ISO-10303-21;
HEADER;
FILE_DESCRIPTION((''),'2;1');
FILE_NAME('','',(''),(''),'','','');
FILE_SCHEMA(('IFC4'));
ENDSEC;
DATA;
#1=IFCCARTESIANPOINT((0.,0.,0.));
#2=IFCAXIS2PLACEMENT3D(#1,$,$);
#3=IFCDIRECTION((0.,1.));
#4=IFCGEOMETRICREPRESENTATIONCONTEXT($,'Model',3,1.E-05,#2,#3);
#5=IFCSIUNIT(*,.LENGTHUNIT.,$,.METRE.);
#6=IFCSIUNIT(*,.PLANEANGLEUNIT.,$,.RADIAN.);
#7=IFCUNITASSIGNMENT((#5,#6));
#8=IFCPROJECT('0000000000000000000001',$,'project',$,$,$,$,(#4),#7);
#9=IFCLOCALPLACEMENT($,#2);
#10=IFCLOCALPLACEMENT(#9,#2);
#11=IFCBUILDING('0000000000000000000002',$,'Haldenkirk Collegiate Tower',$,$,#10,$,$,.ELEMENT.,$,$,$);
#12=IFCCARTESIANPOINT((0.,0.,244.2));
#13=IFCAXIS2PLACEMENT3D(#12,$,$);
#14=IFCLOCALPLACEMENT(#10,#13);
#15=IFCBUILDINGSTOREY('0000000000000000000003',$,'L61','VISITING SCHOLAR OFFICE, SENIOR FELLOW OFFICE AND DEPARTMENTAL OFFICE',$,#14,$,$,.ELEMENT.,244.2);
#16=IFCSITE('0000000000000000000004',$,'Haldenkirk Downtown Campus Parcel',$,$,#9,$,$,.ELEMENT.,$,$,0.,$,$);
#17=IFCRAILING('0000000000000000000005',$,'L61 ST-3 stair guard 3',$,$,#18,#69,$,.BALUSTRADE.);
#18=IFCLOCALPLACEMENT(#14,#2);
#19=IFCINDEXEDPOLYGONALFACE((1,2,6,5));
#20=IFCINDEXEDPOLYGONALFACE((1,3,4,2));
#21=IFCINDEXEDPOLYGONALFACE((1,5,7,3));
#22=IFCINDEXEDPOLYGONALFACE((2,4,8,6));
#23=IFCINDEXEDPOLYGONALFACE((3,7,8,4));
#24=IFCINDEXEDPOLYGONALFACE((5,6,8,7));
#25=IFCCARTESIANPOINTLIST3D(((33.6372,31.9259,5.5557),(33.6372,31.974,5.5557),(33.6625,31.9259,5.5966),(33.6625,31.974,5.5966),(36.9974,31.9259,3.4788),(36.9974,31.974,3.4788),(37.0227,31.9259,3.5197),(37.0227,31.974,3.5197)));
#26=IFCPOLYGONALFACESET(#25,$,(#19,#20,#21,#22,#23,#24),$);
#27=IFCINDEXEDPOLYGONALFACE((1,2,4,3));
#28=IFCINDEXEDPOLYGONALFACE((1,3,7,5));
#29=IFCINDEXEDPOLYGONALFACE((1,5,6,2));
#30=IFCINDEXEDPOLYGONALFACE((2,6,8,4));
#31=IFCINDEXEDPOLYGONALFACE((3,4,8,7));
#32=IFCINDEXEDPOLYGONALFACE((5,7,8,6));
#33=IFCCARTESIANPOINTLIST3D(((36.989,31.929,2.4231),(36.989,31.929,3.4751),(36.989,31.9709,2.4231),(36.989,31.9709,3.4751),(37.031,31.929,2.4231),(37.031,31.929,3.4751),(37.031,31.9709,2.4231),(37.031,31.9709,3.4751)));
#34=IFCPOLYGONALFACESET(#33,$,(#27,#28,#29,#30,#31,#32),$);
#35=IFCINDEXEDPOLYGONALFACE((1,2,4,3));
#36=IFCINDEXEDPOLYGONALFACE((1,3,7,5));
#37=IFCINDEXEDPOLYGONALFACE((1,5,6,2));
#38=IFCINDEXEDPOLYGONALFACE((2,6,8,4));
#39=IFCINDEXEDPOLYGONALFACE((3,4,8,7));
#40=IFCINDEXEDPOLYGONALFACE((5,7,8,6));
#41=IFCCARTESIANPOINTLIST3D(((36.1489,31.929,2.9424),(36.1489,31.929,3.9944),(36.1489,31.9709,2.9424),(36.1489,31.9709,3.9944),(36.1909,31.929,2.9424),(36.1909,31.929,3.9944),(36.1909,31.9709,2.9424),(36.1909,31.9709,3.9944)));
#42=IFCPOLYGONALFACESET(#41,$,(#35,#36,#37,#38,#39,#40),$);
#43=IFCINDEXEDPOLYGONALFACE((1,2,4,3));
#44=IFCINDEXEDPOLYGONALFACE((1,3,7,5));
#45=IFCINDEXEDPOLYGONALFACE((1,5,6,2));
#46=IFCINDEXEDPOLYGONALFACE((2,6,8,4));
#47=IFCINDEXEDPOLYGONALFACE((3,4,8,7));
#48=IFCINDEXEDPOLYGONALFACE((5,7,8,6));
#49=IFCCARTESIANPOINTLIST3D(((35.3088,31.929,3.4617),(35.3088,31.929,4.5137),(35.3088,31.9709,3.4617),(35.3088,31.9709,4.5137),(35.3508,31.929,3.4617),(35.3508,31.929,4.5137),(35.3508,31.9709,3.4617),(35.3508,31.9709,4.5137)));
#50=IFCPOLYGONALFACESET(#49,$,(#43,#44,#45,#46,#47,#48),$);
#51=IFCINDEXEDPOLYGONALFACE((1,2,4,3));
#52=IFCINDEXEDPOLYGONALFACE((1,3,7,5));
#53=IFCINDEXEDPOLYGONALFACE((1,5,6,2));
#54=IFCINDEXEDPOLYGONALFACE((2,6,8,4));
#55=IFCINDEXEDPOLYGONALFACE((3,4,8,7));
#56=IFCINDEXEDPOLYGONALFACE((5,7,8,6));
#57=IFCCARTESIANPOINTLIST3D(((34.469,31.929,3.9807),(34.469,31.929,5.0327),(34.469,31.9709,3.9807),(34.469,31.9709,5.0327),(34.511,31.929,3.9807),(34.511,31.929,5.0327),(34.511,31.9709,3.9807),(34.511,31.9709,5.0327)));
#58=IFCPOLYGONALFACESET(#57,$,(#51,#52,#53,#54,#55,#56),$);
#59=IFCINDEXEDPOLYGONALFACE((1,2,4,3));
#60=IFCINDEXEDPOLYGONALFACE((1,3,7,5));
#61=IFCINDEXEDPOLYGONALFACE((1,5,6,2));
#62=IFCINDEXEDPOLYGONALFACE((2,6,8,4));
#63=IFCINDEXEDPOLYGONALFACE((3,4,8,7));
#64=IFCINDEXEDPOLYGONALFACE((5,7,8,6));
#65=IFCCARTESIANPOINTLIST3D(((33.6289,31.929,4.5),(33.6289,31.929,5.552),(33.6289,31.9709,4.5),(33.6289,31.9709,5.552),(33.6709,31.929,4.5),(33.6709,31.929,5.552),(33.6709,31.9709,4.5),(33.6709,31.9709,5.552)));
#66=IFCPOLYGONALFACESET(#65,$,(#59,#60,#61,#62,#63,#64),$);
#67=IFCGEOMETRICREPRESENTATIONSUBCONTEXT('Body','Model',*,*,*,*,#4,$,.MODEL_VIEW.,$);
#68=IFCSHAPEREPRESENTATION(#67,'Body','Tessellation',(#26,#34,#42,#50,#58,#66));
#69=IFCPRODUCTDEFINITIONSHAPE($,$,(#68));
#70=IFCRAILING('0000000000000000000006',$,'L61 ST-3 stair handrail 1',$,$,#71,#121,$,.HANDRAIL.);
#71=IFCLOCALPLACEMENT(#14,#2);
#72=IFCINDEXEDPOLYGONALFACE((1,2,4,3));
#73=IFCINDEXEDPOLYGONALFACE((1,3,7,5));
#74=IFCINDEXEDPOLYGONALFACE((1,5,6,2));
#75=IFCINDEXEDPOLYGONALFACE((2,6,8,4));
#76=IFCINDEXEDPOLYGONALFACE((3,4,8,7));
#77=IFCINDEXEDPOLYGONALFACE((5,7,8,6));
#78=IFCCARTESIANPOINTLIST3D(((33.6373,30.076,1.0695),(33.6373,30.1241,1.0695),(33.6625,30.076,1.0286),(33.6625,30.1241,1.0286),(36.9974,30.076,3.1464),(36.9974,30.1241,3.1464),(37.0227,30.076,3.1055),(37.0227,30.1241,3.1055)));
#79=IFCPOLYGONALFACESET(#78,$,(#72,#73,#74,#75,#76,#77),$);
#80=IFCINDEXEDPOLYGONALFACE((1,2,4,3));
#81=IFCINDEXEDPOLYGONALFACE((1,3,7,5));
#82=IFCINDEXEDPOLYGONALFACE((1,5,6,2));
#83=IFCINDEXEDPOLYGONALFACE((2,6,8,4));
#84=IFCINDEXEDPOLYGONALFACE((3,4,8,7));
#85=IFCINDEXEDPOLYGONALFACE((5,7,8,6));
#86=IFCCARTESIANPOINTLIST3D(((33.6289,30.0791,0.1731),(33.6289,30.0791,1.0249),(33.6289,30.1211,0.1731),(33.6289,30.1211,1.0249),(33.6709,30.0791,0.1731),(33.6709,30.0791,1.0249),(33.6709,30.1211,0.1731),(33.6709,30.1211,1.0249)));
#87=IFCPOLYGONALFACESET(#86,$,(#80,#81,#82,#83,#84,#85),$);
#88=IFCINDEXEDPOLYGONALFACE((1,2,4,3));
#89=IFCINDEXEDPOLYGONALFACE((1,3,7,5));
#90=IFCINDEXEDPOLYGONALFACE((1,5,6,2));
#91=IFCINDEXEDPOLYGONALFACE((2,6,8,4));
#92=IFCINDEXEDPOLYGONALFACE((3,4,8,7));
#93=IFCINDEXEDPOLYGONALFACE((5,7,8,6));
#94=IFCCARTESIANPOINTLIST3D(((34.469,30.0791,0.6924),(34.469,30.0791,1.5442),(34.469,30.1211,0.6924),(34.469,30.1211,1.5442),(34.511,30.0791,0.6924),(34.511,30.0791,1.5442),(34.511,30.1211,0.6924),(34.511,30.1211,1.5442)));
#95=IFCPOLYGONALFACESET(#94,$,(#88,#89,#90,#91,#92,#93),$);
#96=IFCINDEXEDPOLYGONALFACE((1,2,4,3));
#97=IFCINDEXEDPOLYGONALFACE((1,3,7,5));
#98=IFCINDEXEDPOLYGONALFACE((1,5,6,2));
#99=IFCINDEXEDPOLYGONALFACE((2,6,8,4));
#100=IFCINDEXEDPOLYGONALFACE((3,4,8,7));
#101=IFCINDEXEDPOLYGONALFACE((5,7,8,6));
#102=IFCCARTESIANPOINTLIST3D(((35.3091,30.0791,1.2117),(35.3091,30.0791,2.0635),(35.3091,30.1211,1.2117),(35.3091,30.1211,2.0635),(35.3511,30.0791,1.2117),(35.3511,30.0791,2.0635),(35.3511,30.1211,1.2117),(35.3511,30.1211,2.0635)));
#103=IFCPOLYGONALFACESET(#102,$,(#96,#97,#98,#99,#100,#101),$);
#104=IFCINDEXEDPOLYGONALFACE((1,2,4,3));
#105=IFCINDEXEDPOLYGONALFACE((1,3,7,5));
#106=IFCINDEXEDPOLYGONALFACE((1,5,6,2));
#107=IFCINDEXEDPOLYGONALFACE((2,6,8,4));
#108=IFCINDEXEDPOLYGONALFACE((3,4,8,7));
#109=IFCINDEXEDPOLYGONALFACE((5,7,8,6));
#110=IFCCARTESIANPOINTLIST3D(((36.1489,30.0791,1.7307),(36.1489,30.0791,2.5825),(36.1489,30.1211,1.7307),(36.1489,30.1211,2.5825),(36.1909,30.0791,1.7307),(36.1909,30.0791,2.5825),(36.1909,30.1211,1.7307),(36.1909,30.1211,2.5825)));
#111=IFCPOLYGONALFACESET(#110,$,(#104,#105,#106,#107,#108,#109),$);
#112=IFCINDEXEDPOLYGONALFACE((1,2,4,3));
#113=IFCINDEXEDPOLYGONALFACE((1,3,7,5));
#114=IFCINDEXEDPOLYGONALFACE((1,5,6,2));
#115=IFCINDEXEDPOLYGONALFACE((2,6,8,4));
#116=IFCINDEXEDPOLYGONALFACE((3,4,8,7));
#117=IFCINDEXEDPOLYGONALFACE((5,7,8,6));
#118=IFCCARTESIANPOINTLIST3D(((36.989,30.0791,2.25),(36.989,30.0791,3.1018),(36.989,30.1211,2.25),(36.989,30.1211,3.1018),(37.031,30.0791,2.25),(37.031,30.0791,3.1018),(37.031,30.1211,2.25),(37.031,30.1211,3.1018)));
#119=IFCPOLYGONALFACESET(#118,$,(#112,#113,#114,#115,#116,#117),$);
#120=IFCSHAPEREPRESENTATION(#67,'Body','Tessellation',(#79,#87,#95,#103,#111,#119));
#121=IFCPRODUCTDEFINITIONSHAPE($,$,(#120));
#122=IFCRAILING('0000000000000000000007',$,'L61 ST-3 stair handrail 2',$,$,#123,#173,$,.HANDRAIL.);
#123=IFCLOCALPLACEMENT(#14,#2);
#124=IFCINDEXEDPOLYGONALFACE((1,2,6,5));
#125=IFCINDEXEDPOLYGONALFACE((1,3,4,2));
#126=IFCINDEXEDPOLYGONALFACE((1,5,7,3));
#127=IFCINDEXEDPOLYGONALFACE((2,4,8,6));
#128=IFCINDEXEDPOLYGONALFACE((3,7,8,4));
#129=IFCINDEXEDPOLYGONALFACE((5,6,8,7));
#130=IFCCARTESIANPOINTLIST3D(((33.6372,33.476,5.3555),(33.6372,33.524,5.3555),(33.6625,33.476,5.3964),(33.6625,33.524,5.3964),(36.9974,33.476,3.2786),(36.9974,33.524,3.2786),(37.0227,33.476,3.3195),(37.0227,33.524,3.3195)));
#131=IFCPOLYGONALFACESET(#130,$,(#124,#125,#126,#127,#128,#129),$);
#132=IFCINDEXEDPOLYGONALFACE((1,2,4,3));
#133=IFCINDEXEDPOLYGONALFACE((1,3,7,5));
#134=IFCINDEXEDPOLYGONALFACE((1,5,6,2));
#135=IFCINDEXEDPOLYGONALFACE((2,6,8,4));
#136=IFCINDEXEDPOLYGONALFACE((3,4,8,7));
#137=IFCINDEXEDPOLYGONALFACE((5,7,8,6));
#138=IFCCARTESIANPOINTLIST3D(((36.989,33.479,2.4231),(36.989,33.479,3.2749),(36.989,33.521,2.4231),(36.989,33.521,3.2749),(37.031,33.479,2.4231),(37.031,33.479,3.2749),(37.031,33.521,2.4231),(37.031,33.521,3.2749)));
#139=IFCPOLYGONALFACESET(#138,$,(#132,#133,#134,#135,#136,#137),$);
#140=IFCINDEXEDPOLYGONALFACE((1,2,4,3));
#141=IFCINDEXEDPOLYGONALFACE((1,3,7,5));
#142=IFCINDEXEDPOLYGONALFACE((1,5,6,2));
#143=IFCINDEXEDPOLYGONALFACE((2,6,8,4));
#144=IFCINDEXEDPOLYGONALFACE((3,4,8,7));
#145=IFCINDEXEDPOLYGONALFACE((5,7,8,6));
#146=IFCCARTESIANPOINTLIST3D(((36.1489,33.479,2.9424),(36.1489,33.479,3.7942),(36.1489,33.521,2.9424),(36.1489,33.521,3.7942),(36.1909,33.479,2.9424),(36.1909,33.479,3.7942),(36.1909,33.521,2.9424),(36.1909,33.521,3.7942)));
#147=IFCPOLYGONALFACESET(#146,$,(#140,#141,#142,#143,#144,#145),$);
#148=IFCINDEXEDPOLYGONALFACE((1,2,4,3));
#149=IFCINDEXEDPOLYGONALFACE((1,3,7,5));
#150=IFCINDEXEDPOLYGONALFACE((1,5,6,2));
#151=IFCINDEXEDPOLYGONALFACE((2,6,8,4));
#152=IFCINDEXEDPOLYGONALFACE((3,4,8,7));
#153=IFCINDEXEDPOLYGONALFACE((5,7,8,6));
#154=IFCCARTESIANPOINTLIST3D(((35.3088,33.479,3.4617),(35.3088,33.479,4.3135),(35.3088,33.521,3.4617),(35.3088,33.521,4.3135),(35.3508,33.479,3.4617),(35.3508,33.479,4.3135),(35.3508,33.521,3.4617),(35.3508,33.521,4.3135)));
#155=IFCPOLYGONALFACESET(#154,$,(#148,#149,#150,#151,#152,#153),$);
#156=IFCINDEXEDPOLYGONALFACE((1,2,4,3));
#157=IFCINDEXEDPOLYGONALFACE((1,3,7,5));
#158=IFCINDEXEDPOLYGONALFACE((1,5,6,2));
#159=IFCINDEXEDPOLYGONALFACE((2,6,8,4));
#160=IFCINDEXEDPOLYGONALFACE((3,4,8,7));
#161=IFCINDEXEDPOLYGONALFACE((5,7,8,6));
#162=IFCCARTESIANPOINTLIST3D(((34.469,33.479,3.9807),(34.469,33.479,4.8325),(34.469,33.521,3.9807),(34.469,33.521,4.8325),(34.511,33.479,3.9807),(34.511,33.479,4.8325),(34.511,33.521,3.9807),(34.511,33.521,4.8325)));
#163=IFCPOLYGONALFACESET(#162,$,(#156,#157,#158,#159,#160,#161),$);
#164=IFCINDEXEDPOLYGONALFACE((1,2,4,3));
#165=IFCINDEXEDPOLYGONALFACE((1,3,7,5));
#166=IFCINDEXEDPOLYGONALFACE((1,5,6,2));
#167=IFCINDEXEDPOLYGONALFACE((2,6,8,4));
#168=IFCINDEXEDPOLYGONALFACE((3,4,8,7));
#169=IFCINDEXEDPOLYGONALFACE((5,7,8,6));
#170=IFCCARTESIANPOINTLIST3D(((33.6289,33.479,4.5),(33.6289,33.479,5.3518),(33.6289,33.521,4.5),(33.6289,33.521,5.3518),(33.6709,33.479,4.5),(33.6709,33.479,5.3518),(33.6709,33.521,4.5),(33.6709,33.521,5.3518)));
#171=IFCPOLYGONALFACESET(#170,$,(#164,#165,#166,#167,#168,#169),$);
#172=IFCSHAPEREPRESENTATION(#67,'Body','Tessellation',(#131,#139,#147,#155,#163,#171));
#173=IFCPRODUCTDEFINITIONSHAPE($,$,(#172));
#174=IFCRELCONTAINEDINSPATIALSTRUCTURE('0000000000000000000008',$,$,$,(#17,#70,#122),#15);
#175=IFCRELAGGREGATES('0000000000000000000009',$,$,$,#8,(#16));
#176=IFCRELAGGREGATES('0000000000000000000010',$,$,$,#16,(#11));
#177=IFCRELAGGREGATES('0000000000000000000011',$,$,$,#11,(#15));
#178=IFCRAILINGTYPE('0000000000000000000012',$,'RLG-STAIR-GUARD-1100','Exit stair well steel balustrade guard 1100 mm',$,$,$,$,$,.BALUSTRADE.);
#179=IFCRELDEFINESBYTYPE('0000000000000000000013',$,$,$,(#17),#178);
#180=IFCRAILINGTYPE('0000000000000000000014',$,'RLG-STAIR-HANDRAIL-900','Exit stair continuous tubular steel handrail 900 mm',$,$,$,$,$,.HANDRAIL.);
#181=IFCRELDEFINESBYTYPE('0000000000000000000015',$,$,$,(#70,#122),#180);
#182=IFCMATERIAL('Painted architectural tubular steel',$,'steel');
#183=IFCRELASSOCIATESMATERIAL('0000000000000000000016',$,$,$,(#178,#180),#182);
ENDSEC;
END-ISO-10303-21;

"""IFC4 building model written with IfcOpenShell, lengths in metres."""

from ifc_helpers import new_model, si_unit, direction, frame, origin, origin_2d, place, context, subcontext, project, spatial, rectangle, extrude, material, type_object, element, save


model = new_model("IFC4")

# Units and contexts
model_context = context("Model", 3, precision=1e-05, world=origin(), true_north=direction((0.0, 1.0)))
body_context = subcontext(model_context, "Body", "Model", "MODEL_VIEW")
ifc_project = project(units=[si_unit("LENGTHUNIT", "METRE"), si_unit("PLANEANGLEUNIT", "RADIAN")], contexts=[model_context])

# Site, building, storey
site_placement = place(None, origin())
site = spatial("IfcSite", under=ifc_project, at=site_placement, Name="Haldenkirk Downtown Campus Parcel", CompositionType="ELEMENT", RefElevation=0.0)
building_placement = place(site_placement, origin())
building = spatial("IfcBuilding", under=site, at=building_placement, Name="Haldenkirk Collegiate Tower", CompositionType="ELEMENT")
storey_placement = place(building_placement, frame((0.0, 0.0, 244.2)))
storey = spatial("IfcBuildingStorey", under=building, at=storey_placement, Name="L61", Description="VISITING SCHOLAR OFFICE, SENIOR FELLOW OFFICE AND DEPARTMENTAL OFFICE", CompositionType="ELEMENT", Elevation=244.2)

# Railings
ifc_material_1 = material(Name="Painted architectural tubular steel", Category="steel")
railing_type_1 = type_object("IfcRailingType", Name="RLG-STAIR-GUARD-1100", Description="Exit stair well steel balustrade guard 1100 mm", PredefinedType="BALUSTRADE", material=ifc_material_1)
railing_1_placement = place(storey_placement, frame((37.01, 31.95, 2.4231)))
element("IfcRailing", 1, at=railing_1_placement, inside=storey, type_object=railing_type_1, Name="L61 ST-3 stair guard 3", PredefinedType="BALUSTRADE", context=body_context, shape_type="SweptSolid", body=[
    extrude(rectangle(XDim=0.0481, YDim=0.0481, at=origin_2d()), frame((0.0, 0.0, 1.0762), z_axis=(-0.850623, 0.0, 0.525776), x_axis=(0.0, -1.0, 0.0)), (0.0, 0.0, 1.0), 3.9502),
    extrude(rectangle(XDim=0.042, YDim=0.042, at=origin_2d()), origin(), (0.0, 0.0, 1.0), 1.052),
    extrude(rectangle(XDim=0.042, YDim=0.042, at=origin_2d()), frame((-0.8401, 0.0, 0.5193)), (0.0, 0.0, 1.0), 1.052),
    extrude(rectangle(XDim=0.042, YDim=0.042, at=origin_2d()), frame((-1.6802, 0.0, 1.0386)), (0.0, 0.0, 1.0), 1.052),
    extrude(rectangle(XDim=0.042, YDim=0.042, at=origin_2d()), frame((-2.52, 0.0, 1.5576)), (0.0, 0.0, 1.0), 1.052),
    extrude(rectangle(XDim=0.042, YDim=0.042, at=origin_2d()), frame((-3.3601, 0.0, 2.0769)), (0.0, 0.0, 1.0), 1.052),
])
railing_type_2 = type_object("IfcRailingType", Name="RLG-STAIR-HANDRAIL-900", Description="Exit stair continuous tubular steel handrail 900 mm", PredefinedType="HANDRAIL", material=ifc_material_1)
railing_2_placement = place(storey_placement, frame((33.6499, 30.1001, 0.1731)))
element("IfcRailing", 2, at=railing_2_placement, inside=storey, type_object=railing_type_2, Name="L61 ST-3 stair handrail 1", PredefinedType="HANDRAIL", context=body_context, shape_type="SweptSolid", body=[
    extrude(rectangle(XDim=0.0481, YDim=0.0481, at=origin_2d()), frame((0.0, 0.0, 0.876), z_axis=(0.850623, 0.0, 0.525776), x_axis=(0.0, 1.0, 0.0)), (0.0, 0.0, 1.0), 3.9502),
    extrude(rectangle(XDim=0.042, YDim=0.042, at=origin_2d()), origin(), (0.0, 0.0, 1.0), 0.8518),
    extrude(rectangle(XDim=0.042, YDim=0.042, at=origin_2d()), frame((0.8401, 0.0, 0.5193)), (0.0, 0.0, 1.0), 0.8518),
    extrude(rectangle(XDim=0.042, YDim=0.042, at=origin_2d()), frame((1.6802, 0.0, 1.0386)), (0.0, 0.0, 1.0), 0.8518),
    extrude(rectangle(XDim=0.042, YDim=0.042, at=origin_2d()), frame((2.52, 0.0, 1.5576)), (0.0, 0.0, 1.0), 0.8518),
    extrude(rectangle(XDim=0.042, YDim=0.042, at=origin_2d()), frame((3.3601, 0.0, 2.0769)), (0.0, 0.0, 1.0), 0.8518),
])
railing_3_placement = place(storey_placement, frame((37.01, 33.5, 2.4231)))
element("IfcRailing", 3, at=railing_3_placement, inside=storey, type_object=railing_type_2, Name="L61 ST-3 stair handrail 2", PredefinedType="HANDRAIL", context=body_context, shape_type="SweptSolid", body=[
    extrude(rectangle(XDim=0.0481, YDim=0.0481, at=origin_2d()), frame((0.0, 0.0, 0.876), z_axis=(-0.850623, 0.0, 0.525776), x_axis=(0.0, -1.0, 0.0)), (0.0, 0.0, 1.0), 3.9502),
    extrude(rectangle(XDim=0.042, YDim=0.042, at=origin_2d()), origin(), (0.0, 0.0, 1.0), 0.8518),
    extrude(rectangle(XDim=0.042, YDim=0.042, at=origin_2d()), frame((-0.8401, 0.0, 0.5193)), (0.0, 0.0, 1.0), 0.8518),
    extrude(rectangle(XDim=0.042, YDim=0.042, at=origin_2d()), frame((-1.6802, 0.0, 1.0386)), (0.0, 0.0, 1.0), 0.8518),
    extrude(rectangle(XDim=0.042, YDim=0.042, at=origin_2d()), frame((-2.52, 0.0, 1.5576)), (0.0, 0.0, 1.0), 0.8518),
    extrude(rectangle(XDim=0.042, YDim=0.042, at=origin_2d()), frame((-3.3601, 0.0, 2.0769)), (0.0, 0.0, 1.0), 0.8518),
])

save(model, "model.ifc")
